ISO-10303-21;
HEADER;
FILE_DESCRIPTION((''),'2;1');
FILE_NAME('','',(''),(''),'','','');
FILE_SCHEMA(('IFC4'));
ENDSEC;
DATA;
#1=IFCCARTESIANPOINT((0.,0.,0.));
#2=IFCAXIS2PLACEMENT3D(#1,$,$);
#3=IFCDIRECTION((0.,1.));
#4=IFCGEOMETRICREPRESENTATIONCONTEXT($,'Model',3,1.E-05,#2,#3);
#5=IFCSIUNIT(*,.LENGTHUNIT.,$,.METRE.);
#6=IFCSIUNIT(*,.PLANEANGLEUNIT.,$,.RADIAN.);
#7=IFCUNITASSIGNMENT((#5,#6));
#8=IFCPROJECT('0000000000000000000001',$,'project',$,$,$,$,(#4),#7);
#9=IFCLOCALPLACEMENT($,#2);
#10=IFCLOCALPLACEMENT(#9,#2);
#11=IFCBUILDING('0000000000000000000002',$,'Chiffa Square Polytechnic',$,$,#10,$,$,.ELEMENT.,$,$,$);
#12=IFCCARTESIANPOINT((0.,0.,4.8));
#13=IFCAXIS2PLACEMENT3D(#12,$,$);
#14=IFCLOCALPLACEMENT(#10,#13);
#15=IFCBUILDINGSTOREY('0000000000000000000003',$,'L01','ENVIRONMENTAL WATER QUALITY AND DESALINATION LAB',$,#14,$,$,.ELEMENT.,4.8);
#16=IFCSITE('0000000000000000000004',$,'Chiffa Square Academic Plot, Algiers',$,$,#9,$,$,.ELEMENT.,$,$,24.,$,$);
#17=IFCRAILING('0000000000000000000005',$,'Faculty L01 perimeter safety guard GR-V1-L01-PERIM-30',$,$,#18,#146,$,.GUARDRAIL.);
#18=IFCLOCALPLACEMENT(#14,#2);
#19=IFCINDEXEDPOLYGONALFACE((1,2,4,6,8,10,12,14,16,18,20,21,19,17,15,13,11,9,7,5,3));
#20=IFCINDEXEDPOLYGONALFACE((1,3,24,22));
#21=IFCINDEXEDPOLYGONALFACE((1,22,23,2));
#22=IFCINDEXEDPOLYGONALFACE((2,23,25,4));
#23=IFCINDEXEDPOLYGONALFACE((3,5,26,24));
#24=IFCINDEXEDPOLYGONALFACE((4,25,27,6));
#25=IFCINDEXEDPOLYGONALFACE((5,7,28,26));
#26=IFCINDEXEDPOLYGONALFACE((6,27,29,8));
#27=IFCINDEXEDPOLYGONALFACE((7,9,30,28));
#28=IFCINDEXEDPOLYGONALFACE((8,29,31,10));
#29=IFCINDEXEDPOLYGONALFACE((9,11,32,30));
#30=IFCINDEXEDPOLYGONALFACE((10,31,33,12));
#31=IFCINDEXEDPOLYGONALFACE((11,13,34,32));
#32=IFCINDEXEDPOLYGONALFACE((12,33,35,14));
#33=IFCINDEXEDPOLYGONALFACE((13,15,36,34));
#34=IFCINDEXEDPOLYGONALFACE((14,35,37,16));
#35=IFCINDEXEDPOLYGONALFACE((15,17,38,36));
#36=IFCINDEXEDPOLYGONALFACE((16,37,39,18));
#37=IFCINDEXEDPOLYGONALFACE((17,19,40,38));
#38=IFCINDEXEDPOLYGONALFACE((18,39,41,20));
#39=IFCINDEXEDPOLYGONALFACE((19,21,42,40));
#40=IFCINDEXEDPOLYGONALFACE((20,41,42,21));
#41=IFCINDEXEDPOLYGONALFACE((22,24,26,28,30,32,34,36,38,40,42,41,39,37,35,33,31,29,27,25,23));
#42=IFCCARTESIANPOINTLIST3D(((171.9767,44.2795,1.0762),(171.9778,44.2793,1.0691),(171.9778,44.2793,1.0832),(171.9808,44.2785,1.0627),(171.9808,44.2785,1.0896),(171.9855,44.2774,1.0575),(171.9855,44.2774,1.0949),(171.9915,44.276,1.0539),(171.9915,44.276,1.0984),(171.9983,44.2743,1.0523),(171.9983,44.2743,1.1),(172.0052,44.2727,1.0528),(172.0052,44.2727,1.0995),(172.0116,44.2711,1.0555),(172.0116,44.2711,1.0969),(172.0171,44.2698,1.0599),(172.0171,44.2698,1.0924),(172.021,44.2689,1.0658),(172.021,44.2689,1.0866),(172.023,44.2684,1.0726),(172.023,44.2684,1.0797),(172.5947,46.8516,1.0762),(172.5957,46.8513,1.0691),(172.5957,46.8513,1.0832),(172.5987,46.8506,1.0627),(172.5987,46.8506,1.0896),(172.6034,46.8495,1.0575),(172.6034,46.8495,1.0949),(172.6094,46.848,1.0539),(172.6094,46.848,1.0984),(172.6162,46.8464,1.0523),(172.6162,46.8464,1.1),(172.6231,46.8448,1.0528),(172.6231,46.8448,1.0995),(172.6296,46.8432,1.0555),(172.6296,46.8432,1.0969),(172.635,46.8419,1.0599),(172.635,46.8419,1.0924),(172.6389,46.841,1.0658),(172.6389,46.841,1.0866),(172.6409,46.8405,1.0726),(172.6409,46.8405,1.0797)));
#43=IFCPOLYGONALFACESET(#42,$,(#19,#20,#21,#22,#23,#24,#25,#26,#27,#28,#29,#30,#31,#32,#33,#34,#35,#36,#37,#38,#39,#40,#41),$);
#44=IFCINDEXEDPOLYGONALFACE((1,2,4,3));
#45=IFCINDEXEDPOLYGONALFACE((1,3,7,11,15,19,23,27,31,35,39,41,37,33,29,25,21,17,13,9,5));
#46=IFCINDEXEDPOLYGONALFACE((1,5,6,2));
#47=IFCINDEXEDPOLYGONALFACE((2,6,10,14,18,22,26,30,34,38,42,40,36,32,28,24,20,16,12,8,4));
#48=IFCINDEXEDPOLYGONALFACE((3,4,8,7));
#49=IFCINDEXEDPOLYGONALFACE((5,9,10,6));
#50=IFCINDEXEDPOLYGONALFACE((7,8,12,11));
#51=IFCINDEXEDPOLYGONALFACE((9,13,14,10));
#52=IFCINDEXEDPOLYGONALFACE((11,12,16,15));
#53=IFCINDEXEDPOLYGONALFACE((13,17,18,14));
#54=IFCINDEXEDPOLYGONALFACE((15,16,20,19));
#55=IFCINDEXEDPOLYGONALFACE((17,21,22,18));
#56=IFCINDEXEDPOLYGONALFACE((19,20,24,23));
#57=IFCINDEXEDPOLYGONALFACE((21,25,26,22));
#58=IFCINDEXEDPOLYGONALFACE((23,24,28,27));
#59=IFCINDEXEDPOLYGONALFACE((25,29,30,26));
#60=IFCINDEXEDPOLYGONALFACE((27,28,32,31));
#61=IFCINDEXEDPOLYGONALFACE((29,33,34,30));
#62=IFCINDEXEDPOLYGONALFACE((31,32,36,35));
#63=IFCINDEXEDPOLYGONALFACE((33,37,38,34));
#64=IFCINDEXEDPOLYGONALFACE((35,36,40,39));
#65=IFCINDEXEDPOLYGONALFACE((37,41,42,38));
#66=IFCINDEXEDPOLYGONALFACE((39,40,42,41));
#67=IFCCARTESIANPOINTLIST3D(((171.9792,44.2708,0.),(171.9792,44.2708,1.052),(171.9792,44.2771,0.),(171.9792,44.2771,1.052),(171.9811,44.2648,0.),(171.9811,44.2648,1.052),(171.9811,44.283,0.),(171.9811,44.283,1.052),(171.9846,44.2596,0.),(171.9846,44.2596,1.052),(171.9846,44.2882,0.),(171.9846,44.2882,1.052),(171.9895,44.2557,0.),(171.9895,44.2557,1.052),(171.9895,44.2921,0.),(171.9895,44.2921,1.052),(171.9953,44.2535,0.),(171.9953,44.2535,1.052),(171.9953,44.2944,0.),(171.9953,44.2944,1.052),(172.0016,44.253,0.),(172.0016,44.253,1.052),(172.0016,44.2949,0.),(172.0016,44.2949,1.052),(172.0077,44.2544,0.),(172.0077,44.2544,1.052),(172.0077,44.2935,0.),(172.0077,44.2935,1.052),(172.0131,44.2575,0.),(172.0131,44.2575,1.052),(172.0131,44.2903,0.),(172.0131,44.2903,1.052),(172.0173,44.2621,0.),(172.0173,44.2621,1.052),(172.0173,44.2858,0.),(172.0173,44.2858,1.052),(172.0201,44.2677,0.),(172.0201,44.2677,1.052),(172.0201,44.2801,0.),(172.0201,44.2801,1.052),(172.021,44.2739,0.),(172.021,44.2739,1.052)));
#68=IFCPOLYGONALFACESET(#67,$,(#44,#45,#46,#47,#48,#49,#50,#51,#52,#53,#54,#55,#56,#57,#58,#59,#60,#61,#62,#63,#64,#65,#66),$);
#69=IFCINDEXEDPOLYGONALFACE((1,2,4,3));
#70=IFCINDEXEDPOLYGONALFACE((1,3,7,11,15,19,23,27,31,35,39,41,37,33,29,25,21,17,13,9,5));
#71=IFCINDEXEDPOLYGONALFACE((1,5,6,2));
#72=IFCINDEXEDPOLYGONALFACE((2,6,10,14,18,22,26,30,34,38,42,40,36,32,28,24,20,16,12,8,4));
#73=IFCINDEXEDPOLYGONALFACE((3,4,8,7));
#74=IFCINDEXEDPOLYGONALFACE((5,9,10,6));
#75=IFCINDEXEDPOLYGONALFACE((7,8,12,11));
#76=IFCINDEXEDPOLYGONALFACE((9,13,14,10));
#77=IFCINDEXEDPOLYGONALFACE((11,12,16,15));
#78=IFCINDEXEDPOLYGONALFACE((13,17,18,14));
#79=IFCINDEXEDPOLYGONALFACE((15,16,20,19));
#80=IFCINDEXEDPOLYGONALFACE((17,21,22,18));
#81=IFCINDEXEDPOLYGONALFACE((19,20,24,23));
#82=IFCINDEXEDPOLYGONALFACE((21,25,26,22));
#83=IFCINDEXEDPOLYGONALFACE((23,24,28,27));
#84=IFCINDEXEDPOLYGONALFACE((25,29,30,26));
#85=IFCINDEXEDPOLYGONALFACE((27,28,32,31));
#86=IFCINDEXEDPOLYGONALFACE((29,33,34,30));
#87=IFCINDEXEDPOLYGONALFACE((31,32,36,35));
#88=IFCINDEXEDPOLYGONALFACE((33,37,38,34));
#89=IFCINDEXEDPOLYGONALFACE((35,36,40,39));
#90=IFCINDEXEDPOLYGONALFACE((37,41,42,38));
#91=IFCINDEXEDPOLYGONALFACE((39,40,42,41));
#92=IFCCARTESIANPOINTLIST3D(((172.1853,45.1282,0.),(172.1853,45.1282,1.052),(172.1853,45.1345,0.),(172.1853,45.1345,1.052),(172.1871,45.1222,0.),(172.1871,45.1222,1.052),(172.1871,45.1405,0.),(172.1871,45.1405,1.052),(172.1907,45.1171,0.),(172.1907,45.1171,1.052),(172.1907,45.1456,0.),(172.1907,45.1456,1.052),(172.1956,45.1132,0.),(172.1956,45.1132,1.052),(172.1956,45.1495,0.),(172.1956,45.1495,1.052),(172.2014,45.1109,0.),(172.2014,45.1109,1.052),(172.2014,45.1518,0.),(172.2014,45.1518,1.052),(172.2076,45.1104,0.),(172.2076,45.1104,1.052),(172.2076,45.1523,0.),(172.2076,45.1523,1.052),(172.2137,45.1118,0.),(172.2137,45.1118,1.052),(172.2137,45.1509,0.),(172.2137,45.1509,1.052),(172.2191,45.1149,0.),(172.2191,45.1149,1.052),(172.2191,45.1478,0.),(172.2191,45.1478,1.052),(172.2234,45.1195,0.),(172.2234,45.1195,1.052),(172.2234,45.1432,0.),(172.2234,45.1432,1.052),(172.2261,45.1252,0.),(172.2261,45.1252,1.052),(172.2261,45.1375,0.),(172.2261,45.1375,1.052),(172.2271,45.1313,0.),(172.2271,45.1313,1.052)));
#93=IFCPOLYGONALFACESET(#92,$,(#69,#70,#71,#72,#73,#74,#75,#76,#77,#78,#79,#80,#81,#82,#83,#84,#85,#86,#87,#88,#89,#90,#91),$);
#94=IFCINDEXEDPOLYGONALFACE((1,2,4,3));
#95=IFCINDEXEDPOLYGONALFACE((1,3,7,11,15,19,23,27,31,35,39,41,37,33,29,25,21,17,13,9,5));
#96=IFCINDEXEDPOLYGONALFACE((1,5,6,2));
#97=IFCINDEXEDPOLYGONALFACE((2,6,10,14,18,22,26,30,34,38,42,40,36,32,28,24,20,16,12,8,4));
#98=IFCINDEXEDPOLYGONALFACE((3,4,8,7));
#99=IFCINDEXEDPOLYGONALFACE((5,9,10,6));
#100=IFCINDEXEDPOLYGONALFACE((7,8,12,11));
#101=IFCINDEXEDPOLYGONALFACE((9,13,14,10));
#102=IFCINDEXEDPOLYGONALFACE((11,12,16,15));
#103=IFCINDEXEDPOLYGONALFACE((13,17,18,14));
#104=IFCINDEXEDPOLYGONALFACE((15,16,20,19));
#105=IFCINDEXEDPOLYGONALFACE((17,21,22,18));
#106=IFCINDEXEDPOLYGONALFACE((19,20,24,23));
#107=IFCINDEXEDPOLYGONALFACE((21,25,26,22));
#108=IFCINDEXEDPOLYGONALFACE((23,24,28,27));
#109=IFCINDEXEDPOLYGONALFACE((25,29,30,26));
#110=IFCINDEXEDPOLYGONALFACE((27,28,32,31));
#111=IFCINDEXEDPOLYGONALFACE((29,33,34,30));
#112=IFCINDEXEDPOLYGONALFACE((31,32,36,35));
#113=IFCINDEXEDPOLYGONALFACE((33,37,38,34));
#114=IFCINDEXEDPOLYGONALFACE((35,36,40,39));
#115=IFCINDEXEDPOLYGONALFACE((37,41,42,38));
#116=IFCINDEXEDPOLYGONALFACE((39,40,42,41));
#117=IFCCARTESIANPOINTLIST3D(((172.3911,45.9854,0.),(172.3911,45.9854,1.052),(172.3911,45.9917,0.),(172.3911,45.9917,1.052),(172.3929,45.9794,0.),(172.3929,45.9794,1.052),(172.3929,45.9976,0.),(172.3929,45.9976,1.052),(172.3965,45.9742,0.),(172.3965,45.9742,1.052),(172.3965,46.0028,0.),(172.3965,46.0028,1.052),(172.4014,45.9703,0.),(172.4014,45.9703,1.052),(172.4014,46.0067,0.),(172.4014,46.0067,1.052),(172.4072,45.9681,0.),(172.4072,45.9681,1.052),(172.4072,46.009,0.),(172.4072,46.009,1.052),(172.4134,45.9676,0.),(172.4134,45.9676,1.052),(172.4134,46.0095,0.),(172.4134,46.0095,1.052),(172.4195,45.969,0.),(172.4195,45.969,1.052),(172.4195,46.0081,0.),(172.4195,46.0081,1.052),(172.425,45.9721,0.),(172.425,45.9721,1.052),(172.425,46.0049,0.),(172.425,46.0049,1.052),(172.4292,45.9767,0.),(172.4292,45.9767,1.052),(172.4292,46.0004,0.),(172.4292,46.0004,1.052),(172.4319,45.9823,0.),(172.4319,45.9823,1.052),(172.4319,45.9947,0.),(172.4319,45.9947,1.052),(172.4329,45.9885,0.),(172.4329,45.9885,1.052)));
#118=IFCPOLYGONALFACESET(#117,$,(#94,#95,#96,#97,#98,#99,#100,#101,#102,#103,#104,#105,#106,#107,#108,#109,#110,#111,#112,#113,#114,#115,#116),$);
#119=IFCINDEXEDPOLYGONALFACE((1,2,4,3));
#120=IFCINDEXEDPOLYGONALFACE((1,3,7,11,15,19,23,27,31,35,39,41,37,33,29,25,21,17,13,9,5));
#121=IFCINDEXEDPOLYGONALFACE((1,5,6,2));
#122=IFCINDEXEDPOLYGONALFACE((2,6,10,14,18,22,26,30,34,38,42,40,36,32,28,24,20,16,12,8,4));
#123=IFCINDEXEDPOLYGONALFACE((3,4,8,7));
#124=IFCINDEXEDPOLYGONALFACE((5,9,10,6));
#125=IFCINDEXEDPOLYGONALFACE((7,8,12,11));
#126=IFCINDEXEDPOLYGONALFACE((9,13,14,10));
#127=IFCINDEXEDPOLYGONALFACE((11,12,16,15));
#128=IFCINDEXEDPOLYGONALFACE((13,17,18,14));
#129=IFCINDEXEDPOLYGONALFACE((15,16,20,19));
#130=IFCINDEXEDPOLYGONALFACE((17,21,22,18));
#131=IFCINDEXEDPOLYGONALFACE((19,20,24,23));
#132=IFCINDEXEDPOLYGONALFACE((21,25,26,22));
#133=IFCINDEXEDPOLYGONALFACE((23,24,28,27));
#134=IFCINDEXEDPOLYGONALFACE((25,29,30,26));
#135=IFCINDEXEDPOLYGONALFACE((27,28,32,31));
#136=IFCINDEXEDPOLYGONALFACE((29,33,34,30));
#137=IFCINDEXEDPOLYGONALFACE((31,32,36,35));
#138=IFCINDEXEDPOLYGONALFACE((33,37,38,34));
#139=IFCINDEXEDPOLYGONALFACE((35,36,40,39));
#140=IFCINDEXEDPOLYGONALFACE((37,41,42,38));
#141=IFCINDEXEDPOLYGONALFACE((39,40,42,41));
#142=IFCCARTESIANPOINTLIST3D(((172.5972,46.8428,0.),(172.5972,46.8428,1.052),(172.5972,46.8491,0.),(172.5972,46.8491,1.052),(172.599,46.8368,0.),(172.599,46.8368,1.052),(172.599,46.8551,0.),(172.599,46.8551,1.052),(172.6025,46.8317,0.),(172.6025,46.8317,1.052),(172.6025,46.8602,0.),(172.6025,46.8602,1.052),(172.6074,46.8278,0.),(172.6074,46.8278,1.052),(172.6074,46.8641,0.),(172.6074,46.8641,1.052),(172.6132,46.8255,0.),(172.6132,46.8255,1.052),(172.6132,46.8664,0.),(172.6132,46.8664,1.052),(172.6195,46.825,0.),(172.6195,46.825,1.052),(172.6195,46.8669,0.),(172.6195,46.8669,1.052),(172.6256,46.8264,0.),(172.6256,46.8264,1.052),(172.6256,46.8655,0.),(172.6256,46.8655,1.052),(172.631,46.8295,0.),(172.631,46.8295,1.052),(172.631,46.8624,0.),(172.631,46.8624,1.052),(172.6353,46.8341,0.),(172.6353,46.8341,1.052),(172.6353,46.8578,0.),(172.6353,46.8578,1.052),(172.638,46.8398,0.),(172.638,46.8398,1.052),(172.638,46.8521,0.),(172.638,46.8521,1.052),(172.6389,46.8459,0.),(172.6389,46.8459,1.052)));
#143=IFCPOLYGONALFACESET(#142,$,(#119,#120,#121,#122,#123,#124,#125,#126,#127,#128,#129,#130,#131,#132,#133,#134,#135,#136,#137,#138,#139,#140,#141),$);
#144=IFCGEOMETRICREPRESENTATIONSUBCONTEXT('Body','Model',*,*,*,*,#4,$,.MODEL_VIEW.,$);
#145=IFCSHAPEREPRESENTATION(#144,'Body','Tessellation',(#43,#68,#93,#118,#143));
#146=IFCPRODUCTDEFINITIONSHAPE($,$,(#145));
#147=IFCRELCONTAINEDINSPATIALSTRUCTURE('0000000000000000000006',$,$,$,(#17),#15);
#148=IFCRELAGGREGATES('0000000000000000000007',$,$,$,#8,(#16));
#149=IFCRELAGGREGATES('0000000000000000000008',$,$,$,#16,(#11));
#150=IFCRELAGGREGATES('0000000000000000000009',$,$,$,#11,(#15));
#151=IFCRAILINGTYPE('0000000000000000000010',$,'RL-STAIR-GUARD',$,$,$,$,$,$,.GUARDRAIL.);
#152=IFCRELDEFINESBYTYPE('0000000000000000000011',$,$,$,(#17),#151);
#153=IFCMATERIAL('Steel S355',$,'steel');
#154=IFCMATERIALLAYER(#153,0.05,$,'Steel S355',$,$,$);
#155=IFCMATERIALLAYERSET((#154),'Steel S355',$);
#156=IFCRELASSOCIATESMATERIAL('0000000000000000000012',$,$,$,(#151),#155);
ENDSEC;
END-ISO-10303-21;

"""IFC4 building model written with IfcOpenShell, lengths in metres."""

from ifc_helpers import new_model, si_unit, direction, frame, origin, origin_2d, place, context, subcontext, project, spatial, circle, extrude, material, layer, layer_set, type_object, element, save


model = new_model("IFC4")

# Units and contexts
model_context = context("Model", 3, precision=1e-05, world=origin(), true_north=direction((0.0, 1.0)))
body_context = subcontext(model_context, "Body", "Model", "MODEL_VIEW")
ifc_project = project(units=[si_unit("LENGTHUNIT", "METRE"), si_unit("PLANEANGLEUNIT", "RADIAN")], contexts=[model_context])

# Site, building, storey
site_placement = place(None, origin())
site = spatial("IfcSite", under=ifc_project, at=site_placement, Name="Chiffa Square Academic Plot, Algiers", CompositionType="ELEMENT", RefElevation=24.0)
building_placement = place(site_placement, origin())
building = spatial("IfcBuilding", under=site, at=building_placement, Name="Chiffa Square Polytechnic", CompositionType="ELEMENT")
storey_placement = place(building_placement, frame((0.0, 0.0, 4.8)))
storey = spatial("IfcBuildingStorey", under=building, at=storey_placement, Name="L01", Description="ENVIRONMENTAL WATER QUALITY AND DESALINATION LAB", CompositionType="ELEMENT", Elevation=4.8)

# Shared definitions
ifc_material_1 = material(Name="Steel S355", Category="steel")

# Railing
ifc_layer_1 = layer(ifc_material_1, 0.05, Name="Steel S355")
ifc_layer_set_1 = layer_set([ifc_layer_1], Name="Steel S355")
railing_type = type_object("IfcRailingType", Name="RL-STAIR-GUARD", PredefinedType="GUARDRAIL", material=ifc_layer_set_1)
railing_1_placement = place(storey_placement, frame((172.0, 44.2739, 0.0)))
element("IfcRailing", 1, at=railing_1_placement, inside=storey, type_object=railing_type, Name="Faculty L01 perimeter safety guard GR-V1-L01-PERIM-30", PredefinedType="GUARDRAIL", context=body_context, shape_type="SweptSolid", body=[
    extrude(circle(Radius=0.0239, at=origin_2d()), frame((0.0, 0.0, 1.0762), z_axis=(0.2336, 0.972333, 0.0), x_axis=(-0.972333, 0.2336, 0.0)), (0.0, 0.0, 1.0), 2.6453),
    extrude(circle(Radius=0.021, at=origin_2d()), origin(), (0.0, 0.0, 1.0), 1.052),
    extrude(circle(Radius=0.021, at=origin_2d()), frame((0.2061, 0.8574, 0.0)), (0.0, 0.0, 1.0), 1.052),
    extrude(circle(Radius=0.021, at=origin_2d()), frame((0.4119, 1.7146, 0.0)), (0.0, 0.0, 1.0), 1.052),
    extrude(circle(Radius=0.021, at=origin_2d()), frame((0.6179, 2.572, 0.0)), (0.0, 0.0, 1.0), 1.052),
])

save(model, "model.ifc")
